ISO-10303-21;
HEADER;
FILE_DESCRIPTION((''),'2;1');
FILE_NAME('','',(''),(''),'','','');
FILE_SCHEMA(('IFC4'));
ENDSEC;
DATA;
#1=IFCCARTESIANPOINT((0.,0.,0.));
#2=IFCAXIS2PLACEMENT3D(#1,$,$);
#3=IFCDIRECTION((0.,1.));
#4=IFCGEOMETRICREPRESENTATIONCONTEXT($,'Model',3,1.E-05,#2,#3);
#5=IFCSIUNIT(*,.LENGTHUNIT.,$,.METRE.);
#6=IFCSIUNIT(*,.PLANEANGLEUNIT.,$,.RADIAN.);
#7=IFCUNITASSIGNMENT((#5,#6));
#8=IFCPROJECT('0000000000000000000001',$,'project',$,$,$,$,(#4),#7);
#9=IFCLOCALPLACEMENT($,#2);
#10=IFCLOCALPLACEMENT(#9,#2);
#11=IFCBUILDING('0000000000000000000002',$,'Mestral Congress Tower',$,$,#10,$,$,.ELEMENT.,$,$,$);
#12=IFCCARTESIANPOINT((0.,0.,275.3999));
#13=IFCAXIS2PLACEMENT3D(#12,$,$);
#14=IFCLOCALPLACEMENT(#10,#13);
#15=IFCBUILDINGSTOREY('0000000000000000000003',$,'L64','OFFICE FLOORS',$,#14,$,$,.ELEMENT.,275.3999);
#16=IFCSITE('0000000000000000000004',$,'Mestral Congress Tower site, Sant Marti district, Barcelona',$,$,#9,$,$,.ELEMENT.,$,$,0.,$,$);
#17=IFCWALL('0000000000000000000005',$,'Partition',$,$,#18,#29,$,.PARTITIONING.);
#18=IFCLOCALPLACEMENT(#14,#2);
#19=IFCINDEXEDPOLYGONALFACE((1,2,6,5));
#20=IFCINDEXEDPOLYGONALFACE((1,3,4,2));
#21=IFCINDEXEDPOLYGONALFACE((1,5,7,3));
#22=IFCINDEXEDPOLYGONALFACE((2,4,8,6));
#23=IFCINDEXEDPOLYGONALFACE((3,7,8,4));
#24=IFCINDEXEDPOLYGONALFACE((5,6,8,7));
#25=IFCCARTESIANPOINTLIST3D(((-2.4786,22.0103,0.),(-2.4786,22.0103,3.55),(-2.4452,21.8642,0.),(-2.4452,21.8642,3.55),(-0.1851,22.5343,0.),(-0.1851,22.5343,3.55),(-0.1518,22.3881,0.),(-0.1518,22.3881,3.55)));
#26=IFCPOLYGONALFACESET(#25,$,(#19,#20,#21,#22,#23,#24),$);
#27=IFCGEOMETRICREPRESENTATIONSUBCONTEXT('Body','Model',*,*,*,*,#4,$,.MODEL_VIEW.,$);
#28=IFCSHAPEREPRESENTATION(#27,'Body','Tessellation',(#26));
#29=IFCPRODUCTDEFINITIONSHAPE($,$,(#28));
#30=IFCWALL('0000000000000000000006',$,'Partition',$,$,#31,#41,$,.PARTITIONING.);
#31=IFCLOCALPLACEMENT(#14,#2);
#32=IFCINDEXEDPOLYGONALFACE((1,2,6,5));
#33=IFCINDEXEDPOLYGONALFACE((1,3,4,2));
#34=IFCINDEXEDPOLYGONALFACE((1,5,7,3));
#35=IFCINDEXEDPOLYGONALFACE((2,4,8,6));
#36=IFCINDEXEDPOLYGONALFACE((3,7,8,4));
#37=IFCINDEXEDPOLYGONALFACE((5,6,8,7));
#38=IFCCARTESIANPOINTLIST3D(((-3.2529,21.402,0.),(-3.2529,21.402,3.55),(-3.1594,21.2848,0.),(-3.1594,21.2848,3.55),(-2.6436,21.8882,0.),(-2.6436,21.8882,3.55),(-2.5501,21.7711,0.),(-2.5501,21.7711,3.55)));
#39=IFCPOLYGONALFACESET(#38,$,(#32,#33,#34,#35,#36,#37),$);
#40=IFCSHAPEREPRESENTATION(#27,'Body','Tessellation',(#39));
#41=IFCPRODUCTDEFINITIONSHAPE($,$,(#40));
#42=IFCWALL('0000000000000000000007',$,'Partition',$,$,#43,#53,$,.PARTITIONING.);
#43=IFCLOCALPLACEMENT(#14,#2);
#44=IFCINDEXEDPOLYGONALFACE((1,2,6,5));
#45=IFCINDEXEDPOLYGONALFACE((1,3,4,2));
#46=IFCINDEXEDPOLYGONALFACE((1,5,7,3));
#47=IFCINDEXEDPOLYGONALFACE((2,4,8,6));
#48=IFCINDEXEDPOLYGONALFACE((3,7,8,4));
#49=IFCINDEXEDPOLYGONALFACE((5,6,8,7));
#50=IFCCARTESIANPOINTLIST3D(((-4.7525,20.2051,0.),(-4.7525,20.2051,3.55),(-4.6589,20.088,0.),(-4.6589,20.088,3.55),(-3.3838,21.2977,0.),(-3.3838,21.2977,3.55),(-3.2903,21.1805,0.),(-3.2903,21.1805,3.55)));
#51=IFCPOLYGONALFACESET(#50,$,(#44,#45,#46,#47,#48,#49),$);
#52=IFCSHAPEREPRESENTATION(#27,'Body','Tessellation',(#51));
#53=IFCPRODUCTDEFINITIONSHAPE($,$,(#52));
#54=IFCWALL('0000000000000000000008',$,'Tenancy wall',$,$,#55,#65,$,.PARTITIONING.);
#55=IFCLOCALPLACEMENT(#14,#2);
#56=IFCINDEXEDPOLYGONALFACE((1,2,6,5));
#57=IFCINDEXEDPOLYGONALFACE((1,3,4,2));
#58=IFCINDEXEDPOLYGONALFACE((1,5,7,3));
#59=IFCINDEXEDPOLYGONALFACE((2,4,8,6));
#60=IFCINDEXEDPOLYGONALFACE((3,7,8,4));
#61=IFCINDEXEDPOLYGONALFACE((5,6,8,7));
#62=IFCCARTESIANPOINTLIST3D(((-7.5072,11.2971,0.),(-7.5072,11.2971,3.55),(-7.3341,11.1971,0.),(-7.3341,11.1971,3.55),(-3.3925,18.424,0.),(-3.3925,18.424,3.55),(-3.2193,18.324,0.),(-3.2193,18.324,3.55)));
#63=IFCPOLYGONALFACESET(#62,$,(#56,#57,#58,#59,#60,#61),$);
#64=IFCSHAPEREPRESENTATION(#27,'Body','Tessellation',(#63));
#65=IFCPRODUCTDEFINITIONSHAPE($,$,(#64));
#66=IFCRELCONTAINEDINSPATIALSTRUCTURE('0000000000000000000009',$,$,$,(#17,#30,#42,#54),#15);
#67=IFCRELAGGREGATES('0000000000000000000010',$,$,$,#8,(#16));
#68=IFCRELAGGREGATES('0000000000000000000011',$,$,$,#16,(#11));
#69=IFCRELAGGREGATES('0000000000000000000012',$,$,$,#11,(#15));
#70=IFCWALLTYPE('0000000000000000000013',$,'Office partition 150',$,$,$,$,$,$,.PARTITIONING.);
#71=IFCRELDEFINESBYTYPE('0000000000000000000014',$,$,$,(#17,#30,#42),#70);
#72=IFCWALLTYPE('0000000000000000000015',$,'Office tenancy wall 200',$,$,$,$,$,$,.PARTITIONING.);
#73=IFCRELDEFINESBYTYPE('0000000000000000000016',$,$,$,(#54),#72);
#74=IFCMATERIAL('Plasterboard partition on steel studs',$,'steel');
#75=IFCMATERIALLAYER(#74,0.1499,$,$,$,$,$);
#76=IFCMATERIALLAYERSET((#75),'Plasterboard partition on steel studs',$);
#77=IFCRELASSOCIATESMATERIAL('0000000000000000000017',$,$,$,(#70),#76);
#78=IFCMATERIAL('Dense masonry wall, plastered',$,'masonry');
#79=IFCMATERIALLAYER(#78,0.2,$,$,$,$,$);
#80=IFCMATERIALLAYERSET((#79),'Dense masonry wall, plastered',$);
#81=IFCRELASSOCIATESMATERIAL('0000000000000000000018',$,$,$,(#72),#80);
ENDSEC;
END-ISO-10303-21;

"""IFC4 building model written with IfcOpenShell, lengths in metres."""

from ifc_helpers import new_model, si_unit, direction, frame, frame_2d, origin, place, context, subcontext, project, spatial, rectangle, extrude, material, layer, layer_set, type_object, element, save


model = new_model("IFC4")

# Units and contexts
model_context = context("Model", 3, precision=1e-05, world=origin(), true_north=direction((0.0, 1.0)))
body_context = subcontext(model_context, "Body", "Model", "MODEL_VIEW")
ifc_project = project(units=[si_unit("LENGTHUNIT", "METRE"), si_unit("PLANEANGLEUNIT", "RADIAN")], contexts=[model_context])

# Site, building, storey
site_placement = place(None, origin())
site = spatial("IfcSite", under=ifc_project, at=site_placement, Name="Mestral Congress Tower site, Sant Marti district, Barcelona", CompositionType="ELEMENT", RefElevation=0.0)
building_placement = place(site_placement, origin())
building = spatial("IfcBuilding", under=site, at=building_placement, Name="Mestral Congress Tower", CompositionType="ELEMENT")
storey_placement = place(building_placement, frame((0.0, 0.0, 275.3999)))
storey = spatial("IfcBuildingStorey", under=building, at=storey_placement, Name="L64", Description="OFFICE FLOORS", CompositionType="ELEMENT", Elevation=275.3999)

# Walls
ifc_material_1 = material(Name="Plasterboard partition on steel studs", Category="steel")
ifc_layer_1 = layer(ifc_material_1, 0.1499)
ifc_layer_set_1 = layer_set([ifc_layer_1], Name="Plasterboard partition on steel studs")
wall_type_1 = type_object("IfcWallType", Name="Office partition 150", PredefinedType="PARTITIONING", material=ifc_layer_set_1)
wall_1_placement = place(storey_placement, frame((-0.1685, 22.4612, 0.0), z_axis=(0.0, 0.0, 1.0), x_axis=(-0.974886, -0.222706, 0.0)))
element("IfcWall", 1, at=wall_1_placement, inside=storey, type_object=wall_type_1, Name="Partition", PredefinedType="PARTITIONING", context=body_context, shape_type="SweptSolid", body=[
    extrude(rectangle(XDim=2.3525, YDim=0.1499, at=frame_2d((1.1763, 0.0))), origin(), (0.0, 0.0, 1.0), 3.55),
])
wall_2_placement = place(storey_placement, frame((-2.5969, 21.8296, 0.0), z_axis=(0.0, 0.0, 1.0), x_axis=(-0.781601, -0.623778, 0.0)))
element("IfcWall", 2, at=wall_2_placement, inside=storey, type_object=wall_type_1, Name="Partition", PredefinedType="PARTITIONING", context=body_context, shape_type="SweptSolid", body=[
    extrude(rectangle(XDim=0.7795, YDim=0.1499, at=frame_2d((0.3896, 0.0))), origin(), (0.0, 0.0, 1.0), 3.55),
])
wall_3_placement = place(storey_placement, frame((-3.3372, 21.239, 0.0), z_axis=(0.0, 0.0, 1.0), x_axis=(-0.781535, -0.623862, 0.0)))
element("IfcWall", 3, at=wall_3_placement, inside=storey, type_object=wall_type_1, Name="Partition", PredefinedType="PARTITIONING", context=body_context, shape_type="SweptSolid", body=[
    extrude(rectangle(XDim=1.7512, YDim=0.1499, at=frame_2d((0.8755, 0.0))), origin(), (0.0, 0.0, 1.0), 3.55),
])
ifc_material_2 = material(Name="Dense masonry wall, plastered", Category="masonry")
ifc_layer_2 = layer(ifc_material_2, 0.2)
ifc_layer_set_2 = layer_set([ifc_layer_2], Name="Dense masonry wall, plastered")
wall_type_2 = type_object("IfcWallType", Name="Office tenancy wall 200", PredefinedType="PARTITIONING", material=ifc_layer_set_2)
wall_4_placement = place(storey_placement, frame((-3.3059, 18.374, 0.0), z_axis=(0.0, 0.0, 1.0), x_axis=(-0.5, -0.866026, 0.0)))
element("IfcWall", 4, at=wall_4_placement, inside=storey, type_object=wall_type_2, Name="Tenancy wall", PredefinedType="PARTITIONING", context=body_context, shape_type="SweptSolid", body=[
    extrude(rectangle(XDim=8.2295, YDim=0.2, at=frame_2d((4.1147, 0.0))), origin(), (0.0, 0.0, 1.0), 3.55),
])

save(model, "model.ifc")
